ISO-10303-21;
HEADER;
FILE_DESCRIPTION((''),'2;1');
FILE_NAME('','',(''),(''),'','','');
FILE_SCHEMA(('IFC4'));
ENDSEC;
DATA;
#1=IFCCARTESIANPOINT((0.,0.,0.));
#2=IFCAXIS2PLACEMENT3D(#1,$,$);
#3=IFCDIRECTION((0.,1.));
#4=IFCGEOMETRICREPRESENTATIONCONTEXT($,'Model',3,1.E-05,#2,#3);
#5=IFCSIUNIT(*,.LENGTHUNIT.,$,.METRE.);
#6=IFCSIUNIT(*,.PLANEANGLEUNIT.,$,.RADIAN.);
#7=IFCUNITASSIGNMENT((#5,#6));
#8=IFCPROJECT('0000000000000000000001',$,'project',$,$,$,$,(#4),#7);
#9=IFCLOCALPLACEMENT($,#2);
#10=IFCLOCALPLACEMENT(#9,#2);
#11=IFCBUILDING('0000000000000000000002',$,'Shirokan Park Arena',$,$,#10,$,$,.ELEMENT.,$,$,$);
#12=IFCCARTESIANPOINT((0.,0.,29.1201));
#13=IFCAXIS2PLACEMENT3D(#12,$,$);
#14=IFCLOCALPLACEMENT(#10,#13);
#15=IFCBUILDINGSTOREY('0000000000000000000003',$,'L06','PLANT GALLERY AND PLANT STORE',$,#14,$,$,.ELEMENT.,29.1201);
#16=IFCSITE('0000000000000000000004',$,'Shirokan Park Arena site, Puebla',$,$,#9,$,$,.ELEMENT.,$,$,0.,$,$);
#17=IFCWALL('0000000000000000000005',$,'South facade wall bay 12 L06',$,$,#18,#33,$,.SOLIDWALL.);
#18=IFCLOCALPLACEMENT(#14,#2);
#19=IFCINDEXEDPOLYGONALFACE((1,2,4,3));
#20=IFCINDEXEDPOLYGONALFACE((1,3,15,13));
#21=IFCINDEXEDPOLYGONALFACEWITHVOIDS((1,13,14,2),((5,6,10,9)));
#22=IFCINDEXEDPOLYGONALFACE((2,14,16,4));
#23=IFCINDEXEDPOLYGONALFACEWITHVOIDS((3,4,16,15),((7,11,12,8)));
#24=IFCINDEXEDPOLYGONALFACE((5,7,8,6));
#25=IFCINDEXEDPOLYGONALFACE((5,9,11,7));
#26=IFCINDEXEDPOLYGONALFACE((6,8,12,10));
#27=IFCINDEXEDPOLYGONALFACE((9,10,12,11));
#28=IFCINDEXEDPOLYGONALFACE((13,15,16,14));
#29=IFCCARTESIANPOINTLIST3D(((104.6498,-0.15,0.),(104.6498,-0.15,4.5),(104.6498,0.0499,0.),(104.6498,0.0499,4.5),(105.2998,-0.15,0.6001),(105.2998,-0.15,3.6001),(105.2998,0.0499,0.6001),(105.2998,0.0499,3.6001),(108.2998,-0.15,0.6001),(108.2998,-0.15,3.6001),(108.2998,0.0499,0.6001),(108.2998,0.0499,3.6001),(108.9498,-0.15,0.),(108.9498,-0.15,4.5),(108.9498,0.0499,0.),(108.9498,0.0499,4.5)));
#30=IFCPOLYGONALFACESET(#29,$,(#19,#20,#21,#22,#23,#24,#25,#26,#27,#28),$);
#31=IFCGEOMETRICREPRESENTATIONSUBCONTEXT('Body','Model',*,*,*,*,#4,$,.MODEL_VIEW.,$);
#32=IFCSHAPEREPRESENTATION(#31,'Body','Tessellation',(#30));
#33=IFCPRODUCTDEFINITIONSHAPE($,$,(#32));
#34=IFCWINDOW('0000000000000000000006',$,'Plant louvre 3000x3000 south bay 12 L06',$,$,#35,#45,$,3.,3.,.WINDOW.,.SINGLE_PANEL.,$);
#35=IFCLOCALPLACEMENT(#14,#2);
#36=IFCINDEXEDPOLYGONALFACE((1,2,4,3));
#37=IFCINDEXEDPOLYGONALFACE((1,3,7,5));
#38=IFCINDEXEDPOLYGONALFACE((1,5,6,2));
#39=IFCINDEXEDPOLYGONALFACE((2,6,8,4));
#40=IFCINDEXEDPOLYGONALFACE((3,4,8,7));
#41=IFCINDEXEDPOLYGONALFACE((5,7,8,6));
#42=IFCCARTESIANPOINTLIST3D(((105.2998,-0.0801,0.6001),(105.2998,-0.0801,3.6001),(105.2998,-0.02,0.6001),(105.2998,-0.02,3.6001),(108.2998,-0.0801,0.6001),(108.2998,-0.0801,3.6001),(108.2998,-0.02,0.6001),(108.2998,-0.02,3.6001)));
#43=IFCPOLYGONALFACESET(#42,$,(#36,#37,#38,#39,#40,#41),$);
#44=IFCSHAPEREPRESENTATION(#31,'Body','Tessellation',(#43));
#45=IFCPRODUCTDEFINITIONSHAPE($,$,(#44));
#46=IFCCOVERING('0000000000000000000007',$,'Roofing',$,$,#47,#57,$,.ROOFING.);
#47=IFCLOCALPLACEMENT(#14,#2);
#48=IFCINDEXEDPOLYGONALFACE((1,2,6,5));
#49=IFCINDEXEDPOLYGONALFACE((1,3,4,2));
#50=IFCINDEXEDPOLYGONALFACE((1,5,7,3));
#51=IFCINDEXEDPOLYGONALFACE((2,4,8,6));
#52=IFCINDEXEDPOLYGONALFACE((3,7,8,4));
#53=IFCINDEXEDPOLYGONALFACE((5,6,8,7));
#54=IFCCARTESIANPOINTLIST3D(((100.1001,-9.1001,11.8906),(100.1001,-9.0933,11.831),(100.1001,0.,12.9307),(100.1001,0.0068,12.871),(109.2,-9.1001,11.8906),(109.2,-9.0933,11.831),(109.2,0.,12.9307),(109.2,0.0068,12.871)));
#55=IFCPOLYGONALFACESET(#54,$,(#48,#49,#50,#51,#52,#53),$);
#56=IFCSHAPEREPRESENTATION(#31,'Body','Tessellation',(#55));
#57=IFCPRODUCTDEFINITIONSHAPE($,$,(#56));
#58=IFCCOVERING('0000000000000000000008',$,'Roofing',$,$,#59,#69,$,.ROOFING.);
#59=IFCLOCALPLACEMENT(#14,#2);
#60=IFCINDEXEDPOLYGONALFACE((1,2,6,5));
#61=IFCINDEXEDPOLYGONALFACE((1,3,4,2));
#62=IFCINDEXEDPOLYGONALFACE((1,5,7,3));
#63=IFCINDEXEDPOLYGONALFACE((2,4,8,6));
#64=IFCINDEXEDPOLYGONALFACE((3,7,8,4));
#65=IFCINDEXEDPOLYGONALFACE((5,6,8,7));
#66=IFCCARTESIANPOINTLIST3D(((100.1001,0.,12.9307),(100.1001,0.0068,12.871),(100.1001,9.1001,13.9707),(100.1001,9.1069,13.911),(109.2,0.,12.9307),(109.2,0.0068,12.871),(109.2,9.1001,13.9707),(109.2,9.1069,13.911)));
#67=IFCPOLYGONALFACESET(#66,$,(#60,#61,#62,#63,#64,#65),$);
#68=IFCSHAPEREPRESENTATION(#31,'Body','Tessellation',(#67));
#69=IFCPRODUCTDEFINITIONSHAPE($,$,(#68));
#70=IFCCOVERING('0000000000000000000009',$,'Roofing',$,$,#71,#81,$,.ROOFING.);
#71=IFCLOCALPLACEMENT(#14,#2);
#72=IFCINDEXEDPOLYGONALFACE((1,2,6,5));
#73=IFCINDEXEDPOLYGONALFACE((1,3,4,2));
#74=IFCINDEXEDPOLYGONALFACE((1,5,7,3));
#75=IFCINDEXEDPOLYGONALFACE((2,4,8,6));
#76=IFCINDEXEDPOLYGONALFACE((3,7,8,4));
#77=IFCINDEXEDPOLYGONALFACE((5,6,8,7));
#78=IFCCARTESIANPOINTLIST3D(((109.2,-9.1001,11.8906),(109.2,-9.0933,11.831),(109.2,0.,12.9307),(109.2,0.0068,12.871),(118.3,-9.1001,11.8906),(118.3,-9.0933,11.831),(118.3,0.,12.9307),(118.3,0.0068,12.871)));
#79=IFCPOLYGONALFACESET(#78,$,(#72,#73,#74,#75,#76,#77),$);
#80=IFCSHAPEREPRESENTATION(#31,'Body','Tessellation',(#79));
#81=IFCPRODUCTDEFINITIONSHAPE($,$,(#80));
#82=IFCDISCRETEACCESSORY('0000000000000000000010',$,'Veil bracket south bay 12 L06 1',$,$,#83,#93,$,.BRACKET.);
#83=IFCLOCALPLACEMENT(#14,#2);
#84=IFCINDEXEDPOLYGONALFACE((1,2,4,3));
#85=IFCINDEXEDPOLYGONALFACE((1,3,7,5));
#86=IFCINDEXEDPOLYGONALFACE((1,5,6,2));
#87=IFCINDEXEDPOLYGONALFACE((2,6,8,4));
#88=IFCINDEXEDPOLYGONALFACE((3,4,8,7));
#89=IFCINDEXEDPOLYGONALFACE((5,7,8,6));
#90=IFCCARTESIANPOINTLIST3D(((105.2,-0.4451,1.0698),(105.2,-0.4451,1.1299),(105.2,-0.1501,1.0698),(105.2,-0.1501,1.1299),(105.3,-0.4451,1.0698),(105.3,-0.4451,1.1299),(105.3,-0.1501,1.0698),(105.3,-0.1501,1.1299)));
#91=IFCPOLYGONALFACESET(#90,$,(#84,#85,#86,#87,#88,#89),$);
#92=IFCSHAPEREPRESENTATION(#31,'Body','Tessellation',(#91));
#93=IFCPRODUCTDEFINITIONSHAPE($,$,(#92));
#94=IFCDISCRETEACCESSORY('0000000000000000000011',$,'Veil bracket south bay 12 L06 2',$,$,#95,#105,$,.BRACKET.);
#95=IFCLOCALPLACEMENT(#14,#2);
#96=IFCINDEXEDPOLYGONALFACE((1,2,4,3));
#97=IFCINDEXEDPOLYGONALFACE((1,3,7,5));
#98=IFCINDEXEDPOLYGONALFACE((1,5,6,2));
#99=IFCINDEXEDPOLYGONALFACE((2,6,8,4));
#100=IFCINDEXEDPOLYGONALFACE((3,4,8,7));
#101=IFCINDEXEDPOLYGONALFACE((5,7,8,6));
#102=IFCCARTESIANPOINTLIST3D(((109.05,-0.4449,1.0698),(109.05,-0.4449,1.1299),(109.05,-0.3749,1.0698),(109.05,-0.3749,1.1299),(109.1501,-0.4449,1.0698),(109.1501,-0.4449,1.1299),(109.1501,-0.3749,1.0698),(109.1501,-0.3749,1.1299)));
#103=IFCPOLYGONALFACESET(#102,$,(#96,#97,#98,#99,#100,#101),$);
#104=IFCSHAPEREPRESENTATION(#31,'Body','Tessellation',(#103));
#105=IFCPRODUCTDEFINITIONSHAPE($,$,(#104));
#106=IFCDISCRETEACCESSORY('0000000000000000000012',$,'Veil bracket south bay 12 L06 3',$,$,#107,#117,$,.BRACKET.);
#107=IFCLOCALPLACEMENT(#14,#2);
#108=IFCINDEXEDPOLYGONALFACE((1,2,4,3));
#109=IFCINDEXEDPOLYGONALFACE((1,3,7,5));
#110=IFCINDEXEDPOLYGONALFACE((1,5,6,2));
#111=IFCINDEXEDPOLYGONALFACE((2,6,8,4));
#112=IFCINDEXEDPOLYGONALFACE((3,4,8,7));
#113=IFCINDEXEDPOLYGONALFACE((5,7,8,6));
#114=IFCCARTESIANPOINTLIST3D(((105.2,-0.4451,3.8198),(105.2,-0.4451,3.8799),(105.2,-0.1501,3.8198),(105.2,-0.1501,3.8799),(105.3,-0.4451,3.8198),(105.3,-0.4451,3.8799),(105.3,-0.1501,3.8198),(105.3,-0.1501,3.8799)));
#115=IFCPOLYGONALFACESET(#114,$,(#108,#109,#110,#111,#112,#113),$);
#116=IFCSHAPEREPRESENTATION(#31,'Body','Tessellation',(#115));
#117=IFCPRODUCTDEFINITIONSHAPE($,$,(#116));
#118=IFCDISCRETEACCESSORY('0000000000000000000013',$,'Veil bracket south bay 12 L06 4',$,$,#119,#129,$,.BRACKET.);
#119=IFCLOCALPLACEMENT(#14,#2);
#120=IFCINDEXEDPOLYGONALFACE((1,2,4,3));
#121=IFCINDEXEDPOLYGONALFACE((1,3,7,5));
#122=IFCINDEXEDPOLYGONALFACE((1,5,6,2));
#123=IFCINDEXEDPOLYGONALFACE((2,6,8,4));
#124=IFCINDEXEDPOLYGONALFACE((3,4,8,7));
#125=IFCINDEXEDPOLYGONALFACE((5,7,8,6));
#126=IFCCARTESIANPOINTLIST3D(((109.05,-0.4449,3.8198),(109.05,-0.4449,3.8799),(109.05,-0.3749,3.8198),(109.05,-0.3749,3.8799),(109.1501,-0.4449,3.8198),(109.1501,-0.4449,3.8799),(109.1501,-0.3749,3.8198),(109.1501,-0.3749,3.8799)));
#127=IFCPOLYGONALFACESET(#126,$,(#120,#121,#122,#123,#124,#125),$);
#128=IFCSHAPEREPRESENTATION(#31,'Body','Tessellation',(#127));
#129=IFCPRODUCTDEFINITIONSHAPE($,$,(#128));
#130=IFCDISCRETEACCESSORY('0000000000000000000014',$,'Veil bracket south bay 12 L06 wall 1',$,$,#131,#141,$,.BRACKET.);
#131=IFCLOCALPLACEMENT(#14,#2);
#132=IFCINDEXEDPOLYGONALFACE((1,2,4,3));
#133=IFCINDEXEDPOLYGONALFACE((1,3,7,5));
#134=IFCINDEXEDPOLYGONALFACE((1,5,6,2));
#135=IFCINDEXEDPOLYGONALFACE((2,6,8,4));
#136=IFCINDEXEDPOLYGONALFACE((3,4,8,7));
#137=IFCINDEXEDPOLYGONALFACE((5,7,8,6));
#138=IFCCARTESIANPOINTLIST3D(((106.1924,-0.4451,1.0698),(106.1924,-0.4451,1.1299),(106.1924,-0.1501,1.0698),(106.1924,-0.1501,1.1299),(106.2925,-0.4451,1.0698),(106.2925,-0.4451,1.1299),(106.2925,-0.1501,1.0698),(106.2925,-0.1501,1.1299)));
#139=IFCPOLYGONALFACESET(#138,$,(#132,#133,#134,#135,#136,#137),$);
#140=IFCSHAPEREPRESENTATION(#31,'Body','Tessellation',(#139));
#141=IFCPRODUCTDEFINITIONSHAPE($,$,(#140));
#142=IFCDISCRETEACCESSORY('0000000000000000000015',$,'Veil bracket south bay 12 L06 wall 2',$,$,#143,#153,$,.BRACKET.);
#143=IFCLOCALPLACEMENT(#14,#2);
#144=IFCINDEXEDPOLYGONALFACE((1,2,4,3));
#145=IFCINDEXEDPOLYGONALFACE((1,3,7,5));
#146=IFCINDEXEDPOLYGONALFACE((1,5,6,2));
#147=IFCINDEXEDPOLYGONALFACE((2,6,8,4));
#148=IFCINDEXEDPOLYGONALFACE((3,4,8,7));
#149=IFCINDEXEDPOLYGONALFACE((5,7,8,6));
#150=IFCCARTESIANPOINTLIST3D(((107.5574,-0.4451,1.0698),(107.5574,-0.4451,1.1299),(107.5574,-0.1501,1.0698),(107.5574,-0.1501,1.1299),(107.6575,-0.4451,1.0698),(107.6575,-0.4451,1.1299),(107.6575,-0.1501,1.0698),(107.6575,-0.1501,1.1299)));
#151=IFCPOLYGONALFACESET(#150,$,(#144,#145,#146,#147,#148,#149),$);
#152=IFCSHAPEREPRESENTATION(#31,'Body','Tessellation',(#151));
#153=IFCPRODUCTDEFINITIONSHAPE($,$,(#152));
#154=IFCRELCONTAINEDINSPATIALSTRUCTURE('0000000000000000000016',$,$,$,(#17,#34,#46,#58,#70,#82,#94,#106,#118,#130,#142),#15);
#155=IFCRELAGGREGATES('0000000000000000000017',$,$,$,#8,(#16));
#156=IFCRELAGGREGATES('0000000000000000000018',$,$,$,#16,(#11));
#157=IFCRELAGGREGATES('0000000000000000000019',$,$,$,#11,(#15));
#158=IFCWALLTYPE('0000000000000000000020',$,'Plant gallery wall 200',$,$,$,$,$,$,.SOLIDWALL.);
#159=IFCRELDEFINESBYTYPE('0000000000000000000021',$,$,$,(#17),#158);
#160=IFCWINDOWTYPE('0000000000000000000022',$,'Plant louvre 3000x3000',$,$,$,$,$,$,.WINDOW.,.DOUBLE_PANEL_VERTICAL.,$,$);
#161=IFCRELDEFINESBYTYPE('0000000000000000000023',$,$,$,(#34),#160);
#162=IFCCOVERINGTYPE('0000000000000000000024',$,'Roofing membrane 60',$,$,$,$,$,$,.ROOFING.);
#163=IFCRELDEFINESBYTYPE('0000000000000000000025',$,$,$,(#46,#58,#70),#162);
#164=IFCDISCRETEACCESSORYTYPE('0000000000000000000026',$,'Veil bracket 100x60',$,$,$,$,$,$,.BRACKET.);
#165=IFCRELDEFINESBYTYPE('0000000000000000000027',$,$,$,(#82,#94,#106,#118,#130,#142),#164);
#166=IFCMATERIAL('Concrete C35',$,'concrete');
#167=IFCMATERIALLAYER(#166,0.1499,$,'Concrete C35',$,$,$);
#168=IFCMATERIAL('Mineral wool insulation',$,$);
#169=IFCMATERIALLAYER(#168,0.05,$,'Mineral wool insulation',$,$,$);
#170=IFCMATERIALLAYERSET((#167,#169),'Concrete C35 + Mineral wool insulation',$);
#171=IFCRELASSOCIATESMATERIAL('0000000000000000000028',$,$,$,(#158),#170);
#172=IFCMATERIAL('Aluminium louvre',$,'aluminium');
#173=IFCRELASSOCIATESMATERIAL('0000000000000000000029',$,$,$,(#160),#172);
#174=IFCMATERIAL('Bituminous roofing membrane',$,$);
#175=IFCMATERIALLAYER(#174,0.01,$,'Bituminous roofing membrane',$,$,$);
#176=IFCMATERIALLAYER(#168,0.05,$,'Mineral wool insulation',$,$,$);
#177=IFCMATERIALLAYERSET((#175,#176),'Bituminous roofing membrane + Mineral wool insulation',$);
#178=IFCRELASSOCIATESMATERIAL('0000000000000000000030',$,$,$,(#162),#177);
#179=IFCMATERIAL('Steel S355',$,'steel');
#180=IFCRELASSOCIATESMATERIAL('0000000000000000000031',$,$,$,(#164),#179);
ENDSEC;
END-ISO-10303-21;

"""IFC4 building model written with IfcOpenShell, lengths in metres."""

from ifc_helpers import new_model, si_unit, direction, frame, frame_2d, origin, origin_2d, place, context, subcontext, project, spatial, polyline, rectangle, outline, extrude, material, layer, layer_set, type_object, element, fill, save


model = new_model("IFC4")

# Units and contexts
model_context = context("Model", 3, precision=1e-05, world=origin(), true_north=direction((0.0, 1.0)))
body_context = subcontext(model_context, "Body", "Model", "MODEL_VIEW")
ifc_project = project(units=[si_unit("LENGTHUNIT", "METRE"), si_unit("PLANEANGLEUNIT", "RADIAN")], contexts=[model_context])

# Site, building, storey
site_placement = place(None, origin())
site = spatial("IfcSite", under=ifc_project, at=site_placement, Name="Shirokan Park Arena site, Puebla", CompositionType="ELEMENT", RefElevation=0.0)
building_placement = place(site_placement, origin())
building = spatial("IfcBuilding", under=site, at=building_placement, Name="Shirokan Park Arena", CompositionType="ELEMENT")
storey_placement = place(building_placement, frame((0.0, 0.0, 29.1201)))
storey = spatial("IfcBuildingStorey", under=building, at=storey_placement, Name="L06", Description="PLANT GALLERY AND PLANT STORE", CompositionType="ELEMENT", Elevation=29.1201)

# Shared definitions
ifc_material_1 = material(Name="Concrete C35", Category="concrete")

# Wall, opening, window
ifc_layer_1 = layer(ifc_material_1, 0.1499, Name="Concrete C35")
ifc_material_2 = material(Name="Mineral wool insulation")
ifc_layer_2 = layer(ifc_material_2, 0.05, Name="Mineral wool insulation")
ifc_layer_set_1 = layer_set([ifc_layer_1, ifc_layer_2], Name="Concrete C35 + Mineral wool insulation")
wall_type = type_object("IfcWallType", Name="Plant gallery wall 200", PredefinedType="SOLIDWALL", material=ifc_layer_set_1)
wall_placement = place(storey_placement, frame((104.6499, -0.05, 0.0), z_axis=(0.0, 0.0, 1.0), x_axis=(1.0, 0.0, 0.0)))
wall = element("IfcWall", 1, at=wall_placement, inside=storey, type_object=wall_type, Name="South facade wall bay 12 L06", PredefinedType="SOLIDWALL", context=body_context, shape_type="SweptSolid", body=[
    extrude(rectangle(XDim=4.3, YDim=0.2, at=frame_2d((2.1499, 0.0))), origin(), (0.0, 0.0, 1.0), 4.5),
])
opening_placement = place(wall_placement, frame((0.6499, 0.0, 0.6001)))
opening = element("IfcOpeningElement", 2, at=opening_placement, cuts=wall, PredefinedType="OPENING", context=body_context, shape_type="SweptSolid", body=[
    extrude(rectangle(XDim=3.0, YDim=3.0, at=frame_2d((1.5, 1.5))), frame((0.0, 0.1099, 0.0), z_axis=(0.0, -1.0, 0.0), x_axis=(1.0, 0.0, 0.0)), (0.0, 0.0, 1.0), 0.22),
])
ifc_material_3 = material(Name="Aluminium louvre", Category="aluminium")
window_type = type_object("IfcWindowType", Name="Plant louvre 3000x3000", PartitioningType="DOUBLE_PANEL_VERTICAL", PredefinedType="WINDOW", material=ifc_material_3)
window_placement = place(opening_placement, origin())
window = element("IfcWindow", 3, at=window_placement, inside=storey, type_object=window_type, Name="Plant louvre 3000x3000 south bay 12 L06", OverallHeight=3.0, OverallWidth=3.0, PartitioningType="SINGLE_PANEL", PredefinedType="WINDOW", context=body_context, shape_type="SweptSolid", body=[
    extrude(rectangle(XDim=3.0, YDim=3.0, at=frame_2d((1.5, 1.5))), frame((0.0, 0.03, 0.0), z_axis=(0.0, -1.0, 0.0), x_axis=(1.0, 0.0, 0.0)), (0.0, 0.0, 1.0), 0.0601),
])
fill(opening, window)

# Coverings
ifc_material_4 = material(Name="Bituminous roofing membrane")
ifc_layer_3 = layer(ifc_material_4, 0.01, Name="Bituminous roofing membrane")
ifc_layer_4 = layer(ifc_material_2, 0.05, Name="Mineral wool insulation")
ifc_layer_set_2 = layer_set([ifc_layer_3, ifc_layer_4], Name="Bituminous roofing membrane + Mineral wool insulation")
covering_type = type_object("IfcCoveringType", Name="Roofing membrane 60", PredefinedType="ROOFING", material=ifc_layer_set_2)
for number, where, z_axis, x_axis, name in (
    (4, (100.1001, -9.1001, 11.8906), (0.0, -0.11355, 0.993532), (1.0, 0.0, 0.0), "Roofing"),
    (5, (100.1001, 0.0, 12.9307), (0.0, -0.11355, 0.993532), (1.0, 0.0, 0.0), "Roofing"),
):
    element("IfcCovering", number, at=place(storey_placement, frame(where, z_axis=z_axis, x_axis=x_axis)), inside=storey, type_object=covering_type, Name=name, PredefinedType="ROOFING", context=body_context, shape_type="SweptSolid", body=[
        extrude(outline(polyline([(0.0, 0.0), (9.0999, 0.0), (9.0999, 9.1593), (0.0, 9.1593), (0.0, 0.0)])), origin(), (0.0, 0.0, -1.0), 0.0601),
    ])
covering_placement = place(storey_placement, frame((109.2, -9.1001, 11.8906), z_axis=(0.0, -0.11355, 0.993532), x_axis=(1.0, 0.0, 0.0)))
element("IfcCovering", 6, at=covering_placement, inside=storey, type_object=covering_type, Name="Roofing", PredefinedType="ROOFING", context=body_context, shape_type="SweptSolid", body=[
    extrude(outline(polyline([(0.0, 0.0), (9.1001, 0.0), (9.1001, 9.1593), (0.0, 9.1593), (0.0, 0.0)])), origin(), (0.0, 0.0, -1.0), 0.0601),
])

# Discrete accessories
ifc_material_5 = material(Name="Steel S355", Category="steel")
discrete_accessory_type = type_object("IfcDiscreteAccessoryType", Name="Veil bracket 100x60", PredefinedType="BRACKET", material=ifc_material_5)
discrete_accessory_1_placement = place(storey_placement, frame((105.25, -0.2976, 1.0698), z_axis=(0.0, 0.0, 1.0), x_axis=(1.0, 0.0, 0.0)))
element("IfcDiscreteAccessory", 7, at=discrete_accessory_1_placement, inside=storey, type_object=discrete_accessory_type, Name="Veil bracket south bay 12 L06 1", PredefinedType="BRACKET", context=body_context, shape_type="SweptSolid", body=[
    extrude(rectangle(XDim=0.1001, YDim=0.2949, at=origin_2d()), origin(), (0.0, 0.0, 1.0), 0.0601),
])
discrete_accessory_2_placement = place(storey_placement, frame((109.1001, -0.4099, 1.0698), z_axis=(0.0, 0.0, 1.0), x_axis=(1.0, 0.0, 0.0)))
element("IfcDiscreteAccessory", 8, at=discrete_accessory_2_placement, inside=storey, type_object=discrete_accessory_type, Name="Veil bracket south bay 12 L06 2", PredefinedType="BRACKET", context=body_context, shape_type="SweptSolid", body=[
    extrude(rectangle(XDim=0.1001, YDim=0.0701, at=origin_2d()), origin(), (0.0, 0.0, 1.0), 0.0601),
])
discrete_accessory_3_placement = place(storey_placement, frame((105.25, -0.2976, 3.8198), z_axis=(0.0, 0.0, 1.0), x_axis=(1.0, 0.0, 0.0)))
element("IfcDiscreteAccessory", 9, at=discrete_accessory_3_placement, inside=storey, type_object=discrete_accessory_type, Name="Veil bracket south bay 12 L06 3", PredefinedType="BRACKET", context=body_context, shape_type="SweptSolid", body=[
    extrude(rectangle(XDim=0.1001, YDim=0.2949, at=origin_2d()), origin(), (0.0, 0.0, 1.0), 0.0601),
])
discrete_accessory_4_placement = place(storey_placement, frame((109.1001, -0.4099, 3.8198), z_axis=(0.0, 0.0, 1.0), x_axis=(1.0, 0.0, 0.0)))
element("IfcDiscreteAccessory", 10, at=discrete_accessory_4_placement, inside=storey, type_object=discrete_accessory_type, Name="Veil bracket south bay 12 L06 4", PredefinedType="BRACKET", context=body_context, shape_type="SweptSolid", body=[
    extrude(rectangle(XDim=0.1001, YDim=0.0701, at=origin_2d()), origin(), (0.0, 0.0, 1.0), 0.0601),
])
for number, where, z_axis, x_axis, name in (
    (11, (106.2424, -0.2976, 1.0698), (0.0, 0.0, 1.0), (1.0, 0.0, 0.0), "Veil bracket south bay 12 L06 wall 1"),
    (12, (107.6074, -0.2976, 1.0698), (0.0, 0.0, 1.0), (1.0, 0.0, 0.0), "Veil bracket south bay 12 L06 wall 2"),
):
    element("IfcDiscreteAccessory", number, at=place(storey_placement, frame(where, z_axis=z_axis, x_axis=x_axis)), inside=storey, type_object=discrete_accessory_type, Name=name, PredefinedType="BRACKET", context=body_context, shape_type="SweptSolid", body=[
        extrude(rectangle(XDim=0.1001, YDim=0.2949, at=origin_2d()), origin(), (0.0, 0.0, 1.0), 0.0601),
    ])

save(model, "model.ifc")
